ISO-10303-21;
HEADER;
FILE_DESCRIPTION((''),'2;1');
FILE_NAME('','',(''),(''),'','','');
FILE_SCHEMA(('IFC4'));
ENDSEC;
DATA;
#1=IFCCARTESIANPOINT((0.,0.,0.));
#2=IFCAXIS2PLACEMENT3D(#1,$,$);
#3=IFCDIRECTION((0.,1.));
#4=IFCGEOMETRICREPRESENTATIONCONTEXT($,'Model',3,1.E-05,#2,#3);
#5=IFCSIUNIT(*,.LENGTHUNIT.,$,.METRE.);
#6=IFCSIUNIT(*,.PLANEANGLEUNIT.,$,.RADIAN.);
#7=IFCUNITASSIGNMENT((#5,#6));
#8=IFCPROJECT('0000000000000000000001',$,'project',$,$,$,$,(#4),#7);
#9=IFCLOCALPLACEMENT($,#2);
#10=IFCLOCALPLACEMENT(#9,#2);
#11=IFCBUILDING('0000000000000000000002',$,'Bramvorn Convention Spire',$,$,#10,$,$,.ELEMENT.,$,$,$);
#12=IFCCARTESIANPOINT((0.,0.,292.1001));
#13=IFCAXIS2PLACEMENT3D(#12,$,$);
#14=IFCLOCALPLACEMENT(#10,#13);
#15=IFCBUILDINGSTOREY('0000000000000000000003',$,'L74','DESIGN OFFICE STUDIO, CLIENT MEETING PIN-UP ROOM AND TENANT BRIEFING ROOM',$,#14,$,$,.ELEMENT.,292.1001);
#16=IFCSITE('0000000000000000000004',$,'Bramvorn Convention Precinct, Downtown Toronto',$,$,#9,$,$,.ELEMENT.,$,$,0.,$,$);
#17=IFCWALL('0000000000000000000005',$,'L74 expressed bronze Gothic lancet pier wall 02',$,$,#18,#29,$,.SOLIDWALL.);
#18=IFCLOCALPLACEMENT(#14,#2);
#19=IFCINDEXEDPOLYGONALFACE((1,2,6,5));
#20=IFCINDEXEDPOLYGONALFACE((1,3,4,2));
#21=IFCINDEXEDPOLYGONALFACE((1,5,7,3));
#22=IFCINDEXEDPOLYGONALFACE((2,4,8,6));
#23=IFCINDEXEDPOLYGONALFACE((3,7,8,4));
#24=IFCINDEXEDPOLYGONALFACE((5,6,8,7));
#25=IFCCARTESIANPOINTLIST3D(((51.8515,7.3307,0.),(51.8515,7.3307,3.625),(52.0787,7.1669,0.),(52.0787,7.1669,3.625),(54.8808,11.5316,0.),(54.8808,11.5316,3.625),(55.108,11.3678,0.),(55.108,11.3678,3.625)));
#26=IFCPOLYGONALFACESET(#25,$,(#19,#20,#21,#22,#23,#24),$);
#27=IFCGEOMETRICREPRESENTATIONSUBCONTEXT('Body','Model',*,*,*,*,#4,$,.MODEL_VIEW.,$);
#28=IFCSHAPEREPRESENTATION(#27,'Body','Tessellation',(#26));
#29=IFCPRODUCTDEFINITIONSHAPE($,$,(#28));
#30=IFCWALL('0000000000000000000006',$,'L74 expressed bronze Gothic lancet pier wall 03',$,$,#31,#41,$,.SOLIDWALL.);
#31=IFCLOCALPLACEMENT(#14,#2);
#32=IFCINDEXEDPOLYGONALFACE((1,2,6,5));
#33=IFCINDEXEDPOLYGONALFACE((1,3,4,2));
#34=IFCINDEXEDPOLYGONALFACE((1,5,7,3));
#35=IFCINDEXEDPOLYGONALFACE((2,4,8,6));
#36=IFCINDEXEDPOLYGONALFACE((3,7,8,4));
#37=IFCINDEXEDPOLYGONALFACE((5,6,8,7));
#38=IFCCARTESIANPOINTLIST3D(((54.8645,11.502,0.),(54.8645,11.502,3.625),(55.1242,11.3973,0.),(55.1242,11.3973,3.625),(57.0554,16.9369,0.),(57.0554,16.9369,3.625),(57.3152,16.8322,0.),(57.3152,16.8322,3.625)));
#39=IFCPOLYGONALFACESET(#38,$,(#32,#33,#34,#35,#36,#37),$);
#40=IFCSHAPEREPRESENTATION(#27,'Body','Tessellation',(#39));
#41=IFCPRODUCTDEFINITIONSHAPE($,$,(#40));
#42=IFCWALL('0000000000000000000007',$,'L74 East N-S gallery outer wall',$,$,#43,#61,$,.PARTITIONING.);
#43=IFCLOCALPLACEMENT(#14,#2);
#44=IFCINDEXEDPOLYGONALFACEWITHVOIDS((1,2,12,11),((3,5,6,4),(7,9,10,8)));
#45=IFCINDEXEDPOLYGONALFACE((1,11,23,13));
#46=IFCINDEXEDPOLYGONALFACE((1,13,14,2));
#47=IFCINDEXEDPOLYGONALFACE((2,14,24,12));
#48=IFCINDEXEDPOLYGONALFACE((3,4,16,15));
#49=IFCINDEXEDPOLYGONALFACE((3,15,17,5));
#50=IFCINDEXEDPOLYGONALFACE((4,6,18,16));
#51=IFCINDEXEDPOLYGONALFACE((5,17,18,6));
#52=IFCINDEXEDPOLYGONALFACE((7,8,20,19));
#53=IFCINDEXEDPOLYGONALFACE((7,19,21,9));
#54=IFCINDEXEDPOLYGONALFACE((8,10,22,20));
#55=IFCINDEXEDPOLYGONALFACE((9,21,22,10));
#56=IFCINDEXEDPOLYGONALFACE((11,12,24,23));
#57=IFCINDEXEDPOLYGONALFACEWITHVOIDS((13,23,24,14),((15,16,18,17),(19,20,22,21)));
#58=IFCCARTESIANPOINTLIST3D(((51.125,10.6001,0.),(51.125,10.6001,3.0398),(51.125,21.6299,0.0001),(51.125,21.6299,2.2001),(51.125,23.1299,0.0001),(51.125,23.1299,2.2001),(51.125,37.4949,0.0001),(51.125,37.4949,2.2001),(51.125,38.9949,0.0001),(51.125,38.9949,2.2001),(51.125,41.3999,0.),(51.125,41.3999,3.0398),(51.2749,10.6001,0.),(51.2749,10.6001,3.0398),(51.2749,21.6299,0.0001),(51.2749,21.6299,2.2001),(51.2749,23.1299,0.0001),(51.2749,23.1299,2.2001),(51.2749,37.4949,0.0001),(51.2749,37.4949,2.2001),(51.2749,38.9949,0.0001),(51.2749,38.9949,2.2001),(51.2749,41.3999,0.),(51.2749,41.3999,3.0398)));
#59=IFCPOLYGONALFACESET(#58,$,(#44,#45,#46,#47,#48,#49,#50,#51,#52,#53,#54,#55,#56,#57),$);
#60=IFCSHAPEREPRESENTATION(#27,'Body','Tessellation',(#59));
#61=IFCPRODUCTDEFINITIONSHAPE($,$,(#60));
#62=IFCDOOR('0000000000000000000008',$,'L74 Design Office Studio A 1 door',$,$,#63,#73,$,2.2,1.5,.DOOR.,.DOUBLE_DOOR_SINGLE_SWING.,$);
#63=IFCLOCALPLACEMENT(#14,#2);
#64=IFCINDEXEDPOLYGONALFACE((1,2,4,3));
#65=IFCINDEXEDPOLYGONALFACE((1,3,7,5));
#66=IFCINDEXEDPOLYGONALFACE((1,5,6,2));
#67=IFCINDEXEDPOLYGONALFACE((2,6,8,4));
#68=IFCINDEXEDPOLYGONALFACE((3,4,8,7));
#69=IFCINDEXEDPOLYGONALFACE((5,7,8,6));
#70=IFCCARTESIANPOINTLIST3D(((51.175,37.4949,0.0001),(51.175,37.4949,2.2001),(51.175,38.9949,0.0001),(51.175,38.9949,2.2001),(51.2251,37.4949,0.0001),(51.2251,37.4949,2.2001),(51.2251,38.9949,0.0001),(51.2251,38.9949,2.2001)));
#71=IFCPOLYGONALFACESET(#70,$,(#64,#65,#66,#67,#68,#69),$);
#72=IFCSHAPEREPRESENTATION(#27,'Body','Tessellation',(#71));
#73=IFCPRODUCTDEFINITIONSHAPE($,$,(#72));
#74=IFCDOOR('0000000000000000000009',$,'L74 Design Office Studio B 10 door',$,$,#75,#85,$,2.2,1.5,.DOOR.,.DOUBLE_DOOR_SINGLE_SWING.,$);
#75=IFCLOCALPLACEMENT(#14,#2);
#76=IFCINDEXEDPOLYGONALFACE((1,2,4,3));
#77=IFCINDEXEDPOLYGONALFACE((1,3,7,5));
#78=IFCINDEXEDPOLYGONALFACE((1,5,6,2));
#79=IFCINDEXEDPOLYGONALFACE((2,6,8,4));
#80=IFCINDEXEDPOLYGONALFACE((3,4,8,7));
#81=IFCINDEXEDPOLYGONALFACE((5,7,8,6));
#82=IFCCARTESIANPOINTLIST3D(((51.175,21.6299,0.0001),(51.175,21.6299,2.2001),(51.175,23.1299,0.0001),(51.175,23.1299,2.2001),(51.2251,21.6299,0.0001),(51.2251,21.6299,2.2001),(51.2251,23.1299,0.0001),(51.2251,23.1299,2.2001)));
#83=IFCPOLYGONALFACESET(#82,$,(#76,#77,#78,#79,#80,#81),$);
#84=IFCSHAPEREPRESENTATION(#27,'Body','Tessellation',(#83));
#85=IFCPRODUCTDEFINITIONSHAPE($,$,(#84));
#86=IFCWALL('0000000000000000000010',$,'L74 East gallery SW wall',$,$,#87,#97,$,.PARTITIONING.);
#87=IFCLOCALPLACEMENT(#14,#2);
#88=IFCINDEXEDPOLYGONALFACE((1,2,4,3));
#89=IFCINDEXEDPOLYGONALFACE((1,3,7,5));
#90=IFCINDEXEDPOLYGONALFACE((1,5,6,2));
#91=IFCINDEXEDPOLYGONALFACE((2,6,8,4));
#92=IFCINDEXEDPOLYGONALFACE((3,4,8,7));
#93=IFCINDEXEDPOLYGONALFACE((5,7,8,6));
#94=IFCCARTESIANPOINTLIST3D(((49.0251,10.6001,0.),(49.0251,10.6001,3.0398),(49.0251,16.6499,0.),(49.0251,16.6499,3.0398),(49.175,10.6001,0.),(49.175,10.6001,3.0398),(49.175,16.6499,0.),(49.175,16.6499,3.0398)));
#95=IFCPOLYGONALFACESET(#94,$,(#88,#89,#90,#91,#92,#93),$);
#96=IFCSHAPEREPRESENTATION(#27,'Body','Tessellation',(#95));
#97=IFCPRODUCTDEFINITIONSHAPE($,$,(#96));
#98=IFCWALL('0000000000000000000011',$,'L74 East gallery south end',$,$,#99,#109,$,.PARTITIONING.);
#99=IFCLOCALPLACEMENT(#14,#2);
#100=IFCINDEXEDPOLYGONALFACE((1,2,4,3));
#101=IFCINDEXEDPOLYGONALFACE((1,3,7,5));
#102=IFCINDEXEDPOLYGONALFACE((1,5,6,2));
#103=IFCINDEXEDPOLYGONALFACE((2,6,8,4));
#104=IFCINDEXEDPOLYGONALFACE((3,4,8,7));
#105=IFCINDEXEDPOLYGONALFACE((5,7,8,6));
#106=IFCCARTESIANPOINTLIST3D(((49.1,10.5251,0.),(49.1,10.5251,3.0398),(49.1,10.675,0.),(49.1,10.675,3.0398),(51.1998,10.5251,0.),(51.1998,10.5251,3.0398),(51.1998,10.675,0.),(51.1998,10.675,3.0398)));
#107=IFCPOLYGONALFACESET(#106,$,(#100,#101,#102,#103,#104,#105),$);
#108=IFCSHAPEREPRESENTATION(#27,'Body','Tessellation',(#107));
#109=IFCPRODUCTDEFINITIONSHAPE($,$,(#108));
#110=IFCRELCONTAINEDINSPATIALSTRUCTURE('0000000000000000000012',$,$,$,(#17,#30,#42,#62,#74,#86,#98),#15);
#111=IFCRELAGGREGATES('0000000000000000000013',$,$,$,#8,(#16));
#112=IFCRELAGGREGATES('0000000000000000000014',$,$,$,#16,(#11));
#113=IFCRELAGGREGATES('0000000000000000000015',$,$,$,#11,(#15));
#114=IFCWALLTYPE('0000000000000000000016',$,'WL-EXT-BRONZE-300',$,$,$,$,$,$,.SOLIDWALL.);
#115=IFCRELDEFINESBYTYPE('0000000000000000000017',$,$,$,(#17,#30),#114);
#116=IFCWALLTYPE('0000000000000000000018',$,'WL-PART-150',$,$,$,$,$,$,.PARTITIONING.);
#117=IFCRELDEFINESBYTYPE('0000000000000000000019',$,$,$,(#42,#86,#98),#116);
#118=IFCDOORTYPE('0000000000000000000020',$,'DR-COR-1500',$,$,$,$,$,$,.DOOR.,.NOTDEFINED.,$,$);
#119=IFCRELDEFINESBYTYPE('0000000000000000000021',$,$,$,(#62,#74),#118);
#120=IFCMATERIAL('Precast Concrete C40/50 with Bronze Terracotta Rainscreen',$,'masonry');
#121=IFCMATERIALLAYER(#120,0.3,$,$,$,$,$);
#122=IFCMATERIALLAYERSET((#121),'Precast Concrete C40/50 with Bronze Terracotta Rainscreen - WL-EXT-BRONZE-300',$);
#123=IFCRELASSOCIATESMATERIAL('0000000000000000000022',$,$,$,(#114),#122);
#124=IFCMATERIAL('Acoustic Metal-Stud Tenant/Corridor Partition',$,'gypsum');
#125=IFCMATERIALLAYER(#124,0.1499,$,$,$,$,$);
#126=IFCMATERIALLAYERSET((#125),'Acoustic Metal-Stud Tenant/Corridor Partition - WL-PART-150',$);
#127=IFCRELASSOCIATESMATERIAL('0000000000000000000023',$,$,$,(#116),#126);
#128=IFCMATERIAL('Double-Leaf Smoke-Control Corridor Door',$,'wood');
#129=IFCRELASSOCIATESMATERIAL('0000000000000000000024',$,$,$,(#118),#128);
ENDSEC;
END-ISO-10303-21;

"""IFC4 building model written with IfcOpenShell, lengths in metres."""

from ifc_helpers import new_model, si_unit, direction, frame, frame_2d, origin, place, context, subcontext, project, spatial, rectangle, extrude, material, layer, layer_set, type_object, element, fill, save


model = new_model("IFC4")

# Units and contexts
model_context = context("Model", 3, precision=1e-05, world=origin(), true_north=direction((0.0, 1.0)))
body_context = subcontext(model_context, "Body", "Model", "MODEL_VIEW")
ifc_project = project(units=[si_unit("LENGTHUNIT", "METRE"), si_unit("PLANEANGLEUNIT", "RADIAN")], contexts=[model_context])

# Site, building, storey
site_placement = place(None, origin())
site = spatial("IfcSite", under=ifc_project, at=site_placement, Name="Bramvorn Convention Precinct, Downtown Toronto", CompositionType="ELEMENT", RefElevation=0.0)
building_placement = place(site_placement, origin())
building = spatial("IfcBuilding", under=site, at=building_placement, Name="Bramvorn Convention Spire", CompositionType="ELEMENT")
storey_placement = place(building_placement, frame((0.0, 0.0, 292.1001)))
storey = spatial("IfcBuildingStorey", under=building, at=storey_placement, Name="L74", Description="DESIGN OFFICE STUDIO, CLIENT MEETING PIN-UP ROOM AND TENANT BRIEFING ROOM", CompositionType="ELEMENT", Elevation=292.1001)

# Walls
ifc_material_1 = material(Name="Precast Concrete C40/50 with Bronze Terracotta Rainscreen", Category="masonry")
ifc_layer_1 = layer(ifc_material_1, 0.3)
ifc_layer_set_1 = layer_set([ifc_layer_1], Name="Precast Concrete C40/50 with Bronze Terracotta Rainscreen - WL-EXT-BRONZE-300")
wall_type_1 = type_object("IfcWallType", Name="WL-EXT-BRONZE-300", PredefinedType="SOLIDWALL", material=ifc_layer_set_1)
wall_1_placement = place(storey_placement, frame((54.9944, 11.4497, 0.0), z_axis=(0.0, 0.0, 1.0), x_axis=(-0.584893, -0.81111, 0.0)))
element("IfcWall", 1, at=wall_1_placement, inside=storey, type_object=wall_type_1, Name="L74 expressed bronze Gothic lancet pier wall 02", PredefinedType="SOLIDWALL", context=body_context, shape_type="SweptSolid", body=[
    extrude(rectangle(XDim=5.1792, YDim=0.28, at=frame_2d((2.5896, 0.0))), origin(), (0.0, 0.0, 1.0), 3.625),
])
wall_2_placement = place(storey_placement, frame((57.1853, 16.8845, 0.0), z_axis=(0.0, 0.0, 1.0), x_axis=(-0.373889, -0.927473, 0.0)))
element("IfcWall", 2, at=wall_2_placement, inside=storey, type_object=wall_type_1, Name="L74 expressed bronze Gothic lancet pier wall 03", PredefinedType="SOLIDWALL", context=body_context, shape_type="SweptSolid", body=[
    extrude(rectangle(XDim=5.8599, YDim=0.28, at=frame_2d((2.9299, 0.0))), origin(), (0.0, 0.0, 1.0), 3.625),
])

# Wall, openings, doors
ifc_material_2 = material(Name="Acoustic Metal-Stud Tenant/Corridor Partition", Category="gypsum")
ifc_layer_2 = layer(ifc_material_2, 0.1499)
ifc_layer_set_2 = layer_set([ifc_layer_2], Name="Acoustic Metal-Stud Tenant/Corridor Partition - WL-PART-150")
wall_type_2 = type_object("IfcWallType", Name="WL-PART-150", PredefinedType="PARTITIONING", material=ifc_layer_set_2)
wall_3_placement = place(storey_placement, frame((51.2, 10.6001, 0.0), z_axis=(0.0, 0.0, 1.0), x_axis=(0.0, 1.0, 0.0)))
wall_3 = element("IfcWall", 3, at=wall_3_placement, inside=storey, type_object=wall_type_2, Name="L74 East N-S gallery outer wall", PredefinedType="PARTITIONING", context=body_context, shape_type="SweptSolid", body=[
    extrude(rectangle(XDim=30.7998, YDim=0.1499, at=frame_2d((15.3999, 0.0))), origin(), (0.0, 0.0, 1.0), 3.0398),
])
opening_1_placement = place(wall_3_placement, frame((26.8948, 0.0, 0.0)))
opening_1 = element("IfcOpeningElement", 4, at=opening_1_placement, cuts=wall_3, PredefinedType="OPENING", context=body_context, shape_type="SweptSolid", body=[
    extrude(rectangle(XDim=1.5, YDim=2.2, at=frame_2d((0.75, 1.1001))), frame((0.0, 0.085, 0.0), z_axis=(0.0, -1.0, 0.0), x_axis=(1.0, 0.0, 0.0)), (0.0, 0.0, 1.0), 0.1699),
])
opening_2_placement = place(wall_3_placement, frame((11.0298, 0.0, 0.0)))
opening_2 = element("IfcOpeningElement", 5, at=opening_2_placement, cuts=wall_3, PredefinedType="OPENING", context=body_context, shape_type="SweptSolid", body=[
    extrude(rectangle(XDim=1.5, YDim=2.2, at=frame_2d((0.75, 1.1001))), frame((0.0, 0.085, 0.0), z_axis=(0.0, -1.0, 0.0), x_axis=(1.0, 0.0, 0.0)), (0.0, 0.0, 1.0), 0.1699),
])
ifc_material_3 = material(Name="Double-Leaf Smoke-Control Corridor Door", Category="wood")
door_type = type_object("IfcDoorType", Name="DR-COR-1500", OperationType="NOTDEFINED", PredefinedType="DOOR", material=ifc_material_3)
door_1_placement = place(opening_1_placement, origin())
door_1 = element("IfcDoor", 6, at=door_1_placement, inside=storey, type_object=door_type, Name="L74 Design Office Studio A 1 door", OperationType="DOUBLE_DOOR_SINGLE_SWING", OverallHeight=2.2, OverallWidth=1.5, PredefinedType="DOOR", context=body_context, shape_type="SweptSolid", body=[
    extrude(rectangle(XDim=1.5, YDim=2.2, at=frame_2d((0.75, 1.1001))), frame((0.0, 0.0249, 0.0), z_axis=(0.0, -1.0, 0.0), x_axis=(1.0, 0.0, 0.0)), (0.0, 0.0, 1.0), 0.05),
])
fill(opening_1, door_1)
door_2_placement = place(opening_2_placement, origin())
door_2 = element("IfcDoor", 7, at=door_2_placement, inside=storey, type_object=door_type, Name="L74 Design Office Studio B 10 door", OperationType="DOUBLE_DOOR_SINGLE_SWING", OverallHeight=2.2, OverallWidth=1.5, PredefinedType="DOOR", context=body_context, shape_type="SweptSolid", body=[
    extrude(rectangle(XDim=1.5, YDim=2.2, at=frame_2d((0.75, 1.1001))), frame((0.0, 0.0249, 0.0), z_axis=(0.0, -1.0, 0.0), x_axis=(1.0, 0.0, 0.0)), (0.0, 0.0, 1.0), 0.05),
])
fill(opening_2, door_2)

# Walls
wall_4_placement = place(storey_placement, frame((49.1001, 10.6001, 0.0), z_axis=(0.0, 0.0, 1.0), x_axis=(0.0, 1.0, 0.0)))
element("IfcWall", 8, at=wall_4_placement, inside=storey, type_object=wall_type_2, Name="L74 East gallery SW wall", PredefinedType="PARTITIONING", context=body_context, shape_type="SweptSolid", body=[
    extrude(rectangle(XDim=6.0498, YDim=0.1499, at=frame_2d((3.0249, 0.0))), origin(), (0.0, 0.0, 1.0), 3.0398),
])
wall_5_placement = place(storey_placement, frame((49.1001, 10.6001, 0.0), z_axis=(0.0, 0.0, 1.0), x_axis=(1.0, 0.0, 0.0)))
element("IfcWall", 9, at=wall_5_placement, inside=storey, type_object=wall_type_2, Name="L74 East gallery south end", PredefinedType="PARTITIONING", context=body_context, shape_type="SweptSolid", body=[
    extrude(rectangle(XDim=2.0999, YDim=0.1499, at=frame_2d((1.0498, 0.0))), origin(), (0.0, 0.0, 1.0), 3.0398),
])

save(model, "model.ifc")
